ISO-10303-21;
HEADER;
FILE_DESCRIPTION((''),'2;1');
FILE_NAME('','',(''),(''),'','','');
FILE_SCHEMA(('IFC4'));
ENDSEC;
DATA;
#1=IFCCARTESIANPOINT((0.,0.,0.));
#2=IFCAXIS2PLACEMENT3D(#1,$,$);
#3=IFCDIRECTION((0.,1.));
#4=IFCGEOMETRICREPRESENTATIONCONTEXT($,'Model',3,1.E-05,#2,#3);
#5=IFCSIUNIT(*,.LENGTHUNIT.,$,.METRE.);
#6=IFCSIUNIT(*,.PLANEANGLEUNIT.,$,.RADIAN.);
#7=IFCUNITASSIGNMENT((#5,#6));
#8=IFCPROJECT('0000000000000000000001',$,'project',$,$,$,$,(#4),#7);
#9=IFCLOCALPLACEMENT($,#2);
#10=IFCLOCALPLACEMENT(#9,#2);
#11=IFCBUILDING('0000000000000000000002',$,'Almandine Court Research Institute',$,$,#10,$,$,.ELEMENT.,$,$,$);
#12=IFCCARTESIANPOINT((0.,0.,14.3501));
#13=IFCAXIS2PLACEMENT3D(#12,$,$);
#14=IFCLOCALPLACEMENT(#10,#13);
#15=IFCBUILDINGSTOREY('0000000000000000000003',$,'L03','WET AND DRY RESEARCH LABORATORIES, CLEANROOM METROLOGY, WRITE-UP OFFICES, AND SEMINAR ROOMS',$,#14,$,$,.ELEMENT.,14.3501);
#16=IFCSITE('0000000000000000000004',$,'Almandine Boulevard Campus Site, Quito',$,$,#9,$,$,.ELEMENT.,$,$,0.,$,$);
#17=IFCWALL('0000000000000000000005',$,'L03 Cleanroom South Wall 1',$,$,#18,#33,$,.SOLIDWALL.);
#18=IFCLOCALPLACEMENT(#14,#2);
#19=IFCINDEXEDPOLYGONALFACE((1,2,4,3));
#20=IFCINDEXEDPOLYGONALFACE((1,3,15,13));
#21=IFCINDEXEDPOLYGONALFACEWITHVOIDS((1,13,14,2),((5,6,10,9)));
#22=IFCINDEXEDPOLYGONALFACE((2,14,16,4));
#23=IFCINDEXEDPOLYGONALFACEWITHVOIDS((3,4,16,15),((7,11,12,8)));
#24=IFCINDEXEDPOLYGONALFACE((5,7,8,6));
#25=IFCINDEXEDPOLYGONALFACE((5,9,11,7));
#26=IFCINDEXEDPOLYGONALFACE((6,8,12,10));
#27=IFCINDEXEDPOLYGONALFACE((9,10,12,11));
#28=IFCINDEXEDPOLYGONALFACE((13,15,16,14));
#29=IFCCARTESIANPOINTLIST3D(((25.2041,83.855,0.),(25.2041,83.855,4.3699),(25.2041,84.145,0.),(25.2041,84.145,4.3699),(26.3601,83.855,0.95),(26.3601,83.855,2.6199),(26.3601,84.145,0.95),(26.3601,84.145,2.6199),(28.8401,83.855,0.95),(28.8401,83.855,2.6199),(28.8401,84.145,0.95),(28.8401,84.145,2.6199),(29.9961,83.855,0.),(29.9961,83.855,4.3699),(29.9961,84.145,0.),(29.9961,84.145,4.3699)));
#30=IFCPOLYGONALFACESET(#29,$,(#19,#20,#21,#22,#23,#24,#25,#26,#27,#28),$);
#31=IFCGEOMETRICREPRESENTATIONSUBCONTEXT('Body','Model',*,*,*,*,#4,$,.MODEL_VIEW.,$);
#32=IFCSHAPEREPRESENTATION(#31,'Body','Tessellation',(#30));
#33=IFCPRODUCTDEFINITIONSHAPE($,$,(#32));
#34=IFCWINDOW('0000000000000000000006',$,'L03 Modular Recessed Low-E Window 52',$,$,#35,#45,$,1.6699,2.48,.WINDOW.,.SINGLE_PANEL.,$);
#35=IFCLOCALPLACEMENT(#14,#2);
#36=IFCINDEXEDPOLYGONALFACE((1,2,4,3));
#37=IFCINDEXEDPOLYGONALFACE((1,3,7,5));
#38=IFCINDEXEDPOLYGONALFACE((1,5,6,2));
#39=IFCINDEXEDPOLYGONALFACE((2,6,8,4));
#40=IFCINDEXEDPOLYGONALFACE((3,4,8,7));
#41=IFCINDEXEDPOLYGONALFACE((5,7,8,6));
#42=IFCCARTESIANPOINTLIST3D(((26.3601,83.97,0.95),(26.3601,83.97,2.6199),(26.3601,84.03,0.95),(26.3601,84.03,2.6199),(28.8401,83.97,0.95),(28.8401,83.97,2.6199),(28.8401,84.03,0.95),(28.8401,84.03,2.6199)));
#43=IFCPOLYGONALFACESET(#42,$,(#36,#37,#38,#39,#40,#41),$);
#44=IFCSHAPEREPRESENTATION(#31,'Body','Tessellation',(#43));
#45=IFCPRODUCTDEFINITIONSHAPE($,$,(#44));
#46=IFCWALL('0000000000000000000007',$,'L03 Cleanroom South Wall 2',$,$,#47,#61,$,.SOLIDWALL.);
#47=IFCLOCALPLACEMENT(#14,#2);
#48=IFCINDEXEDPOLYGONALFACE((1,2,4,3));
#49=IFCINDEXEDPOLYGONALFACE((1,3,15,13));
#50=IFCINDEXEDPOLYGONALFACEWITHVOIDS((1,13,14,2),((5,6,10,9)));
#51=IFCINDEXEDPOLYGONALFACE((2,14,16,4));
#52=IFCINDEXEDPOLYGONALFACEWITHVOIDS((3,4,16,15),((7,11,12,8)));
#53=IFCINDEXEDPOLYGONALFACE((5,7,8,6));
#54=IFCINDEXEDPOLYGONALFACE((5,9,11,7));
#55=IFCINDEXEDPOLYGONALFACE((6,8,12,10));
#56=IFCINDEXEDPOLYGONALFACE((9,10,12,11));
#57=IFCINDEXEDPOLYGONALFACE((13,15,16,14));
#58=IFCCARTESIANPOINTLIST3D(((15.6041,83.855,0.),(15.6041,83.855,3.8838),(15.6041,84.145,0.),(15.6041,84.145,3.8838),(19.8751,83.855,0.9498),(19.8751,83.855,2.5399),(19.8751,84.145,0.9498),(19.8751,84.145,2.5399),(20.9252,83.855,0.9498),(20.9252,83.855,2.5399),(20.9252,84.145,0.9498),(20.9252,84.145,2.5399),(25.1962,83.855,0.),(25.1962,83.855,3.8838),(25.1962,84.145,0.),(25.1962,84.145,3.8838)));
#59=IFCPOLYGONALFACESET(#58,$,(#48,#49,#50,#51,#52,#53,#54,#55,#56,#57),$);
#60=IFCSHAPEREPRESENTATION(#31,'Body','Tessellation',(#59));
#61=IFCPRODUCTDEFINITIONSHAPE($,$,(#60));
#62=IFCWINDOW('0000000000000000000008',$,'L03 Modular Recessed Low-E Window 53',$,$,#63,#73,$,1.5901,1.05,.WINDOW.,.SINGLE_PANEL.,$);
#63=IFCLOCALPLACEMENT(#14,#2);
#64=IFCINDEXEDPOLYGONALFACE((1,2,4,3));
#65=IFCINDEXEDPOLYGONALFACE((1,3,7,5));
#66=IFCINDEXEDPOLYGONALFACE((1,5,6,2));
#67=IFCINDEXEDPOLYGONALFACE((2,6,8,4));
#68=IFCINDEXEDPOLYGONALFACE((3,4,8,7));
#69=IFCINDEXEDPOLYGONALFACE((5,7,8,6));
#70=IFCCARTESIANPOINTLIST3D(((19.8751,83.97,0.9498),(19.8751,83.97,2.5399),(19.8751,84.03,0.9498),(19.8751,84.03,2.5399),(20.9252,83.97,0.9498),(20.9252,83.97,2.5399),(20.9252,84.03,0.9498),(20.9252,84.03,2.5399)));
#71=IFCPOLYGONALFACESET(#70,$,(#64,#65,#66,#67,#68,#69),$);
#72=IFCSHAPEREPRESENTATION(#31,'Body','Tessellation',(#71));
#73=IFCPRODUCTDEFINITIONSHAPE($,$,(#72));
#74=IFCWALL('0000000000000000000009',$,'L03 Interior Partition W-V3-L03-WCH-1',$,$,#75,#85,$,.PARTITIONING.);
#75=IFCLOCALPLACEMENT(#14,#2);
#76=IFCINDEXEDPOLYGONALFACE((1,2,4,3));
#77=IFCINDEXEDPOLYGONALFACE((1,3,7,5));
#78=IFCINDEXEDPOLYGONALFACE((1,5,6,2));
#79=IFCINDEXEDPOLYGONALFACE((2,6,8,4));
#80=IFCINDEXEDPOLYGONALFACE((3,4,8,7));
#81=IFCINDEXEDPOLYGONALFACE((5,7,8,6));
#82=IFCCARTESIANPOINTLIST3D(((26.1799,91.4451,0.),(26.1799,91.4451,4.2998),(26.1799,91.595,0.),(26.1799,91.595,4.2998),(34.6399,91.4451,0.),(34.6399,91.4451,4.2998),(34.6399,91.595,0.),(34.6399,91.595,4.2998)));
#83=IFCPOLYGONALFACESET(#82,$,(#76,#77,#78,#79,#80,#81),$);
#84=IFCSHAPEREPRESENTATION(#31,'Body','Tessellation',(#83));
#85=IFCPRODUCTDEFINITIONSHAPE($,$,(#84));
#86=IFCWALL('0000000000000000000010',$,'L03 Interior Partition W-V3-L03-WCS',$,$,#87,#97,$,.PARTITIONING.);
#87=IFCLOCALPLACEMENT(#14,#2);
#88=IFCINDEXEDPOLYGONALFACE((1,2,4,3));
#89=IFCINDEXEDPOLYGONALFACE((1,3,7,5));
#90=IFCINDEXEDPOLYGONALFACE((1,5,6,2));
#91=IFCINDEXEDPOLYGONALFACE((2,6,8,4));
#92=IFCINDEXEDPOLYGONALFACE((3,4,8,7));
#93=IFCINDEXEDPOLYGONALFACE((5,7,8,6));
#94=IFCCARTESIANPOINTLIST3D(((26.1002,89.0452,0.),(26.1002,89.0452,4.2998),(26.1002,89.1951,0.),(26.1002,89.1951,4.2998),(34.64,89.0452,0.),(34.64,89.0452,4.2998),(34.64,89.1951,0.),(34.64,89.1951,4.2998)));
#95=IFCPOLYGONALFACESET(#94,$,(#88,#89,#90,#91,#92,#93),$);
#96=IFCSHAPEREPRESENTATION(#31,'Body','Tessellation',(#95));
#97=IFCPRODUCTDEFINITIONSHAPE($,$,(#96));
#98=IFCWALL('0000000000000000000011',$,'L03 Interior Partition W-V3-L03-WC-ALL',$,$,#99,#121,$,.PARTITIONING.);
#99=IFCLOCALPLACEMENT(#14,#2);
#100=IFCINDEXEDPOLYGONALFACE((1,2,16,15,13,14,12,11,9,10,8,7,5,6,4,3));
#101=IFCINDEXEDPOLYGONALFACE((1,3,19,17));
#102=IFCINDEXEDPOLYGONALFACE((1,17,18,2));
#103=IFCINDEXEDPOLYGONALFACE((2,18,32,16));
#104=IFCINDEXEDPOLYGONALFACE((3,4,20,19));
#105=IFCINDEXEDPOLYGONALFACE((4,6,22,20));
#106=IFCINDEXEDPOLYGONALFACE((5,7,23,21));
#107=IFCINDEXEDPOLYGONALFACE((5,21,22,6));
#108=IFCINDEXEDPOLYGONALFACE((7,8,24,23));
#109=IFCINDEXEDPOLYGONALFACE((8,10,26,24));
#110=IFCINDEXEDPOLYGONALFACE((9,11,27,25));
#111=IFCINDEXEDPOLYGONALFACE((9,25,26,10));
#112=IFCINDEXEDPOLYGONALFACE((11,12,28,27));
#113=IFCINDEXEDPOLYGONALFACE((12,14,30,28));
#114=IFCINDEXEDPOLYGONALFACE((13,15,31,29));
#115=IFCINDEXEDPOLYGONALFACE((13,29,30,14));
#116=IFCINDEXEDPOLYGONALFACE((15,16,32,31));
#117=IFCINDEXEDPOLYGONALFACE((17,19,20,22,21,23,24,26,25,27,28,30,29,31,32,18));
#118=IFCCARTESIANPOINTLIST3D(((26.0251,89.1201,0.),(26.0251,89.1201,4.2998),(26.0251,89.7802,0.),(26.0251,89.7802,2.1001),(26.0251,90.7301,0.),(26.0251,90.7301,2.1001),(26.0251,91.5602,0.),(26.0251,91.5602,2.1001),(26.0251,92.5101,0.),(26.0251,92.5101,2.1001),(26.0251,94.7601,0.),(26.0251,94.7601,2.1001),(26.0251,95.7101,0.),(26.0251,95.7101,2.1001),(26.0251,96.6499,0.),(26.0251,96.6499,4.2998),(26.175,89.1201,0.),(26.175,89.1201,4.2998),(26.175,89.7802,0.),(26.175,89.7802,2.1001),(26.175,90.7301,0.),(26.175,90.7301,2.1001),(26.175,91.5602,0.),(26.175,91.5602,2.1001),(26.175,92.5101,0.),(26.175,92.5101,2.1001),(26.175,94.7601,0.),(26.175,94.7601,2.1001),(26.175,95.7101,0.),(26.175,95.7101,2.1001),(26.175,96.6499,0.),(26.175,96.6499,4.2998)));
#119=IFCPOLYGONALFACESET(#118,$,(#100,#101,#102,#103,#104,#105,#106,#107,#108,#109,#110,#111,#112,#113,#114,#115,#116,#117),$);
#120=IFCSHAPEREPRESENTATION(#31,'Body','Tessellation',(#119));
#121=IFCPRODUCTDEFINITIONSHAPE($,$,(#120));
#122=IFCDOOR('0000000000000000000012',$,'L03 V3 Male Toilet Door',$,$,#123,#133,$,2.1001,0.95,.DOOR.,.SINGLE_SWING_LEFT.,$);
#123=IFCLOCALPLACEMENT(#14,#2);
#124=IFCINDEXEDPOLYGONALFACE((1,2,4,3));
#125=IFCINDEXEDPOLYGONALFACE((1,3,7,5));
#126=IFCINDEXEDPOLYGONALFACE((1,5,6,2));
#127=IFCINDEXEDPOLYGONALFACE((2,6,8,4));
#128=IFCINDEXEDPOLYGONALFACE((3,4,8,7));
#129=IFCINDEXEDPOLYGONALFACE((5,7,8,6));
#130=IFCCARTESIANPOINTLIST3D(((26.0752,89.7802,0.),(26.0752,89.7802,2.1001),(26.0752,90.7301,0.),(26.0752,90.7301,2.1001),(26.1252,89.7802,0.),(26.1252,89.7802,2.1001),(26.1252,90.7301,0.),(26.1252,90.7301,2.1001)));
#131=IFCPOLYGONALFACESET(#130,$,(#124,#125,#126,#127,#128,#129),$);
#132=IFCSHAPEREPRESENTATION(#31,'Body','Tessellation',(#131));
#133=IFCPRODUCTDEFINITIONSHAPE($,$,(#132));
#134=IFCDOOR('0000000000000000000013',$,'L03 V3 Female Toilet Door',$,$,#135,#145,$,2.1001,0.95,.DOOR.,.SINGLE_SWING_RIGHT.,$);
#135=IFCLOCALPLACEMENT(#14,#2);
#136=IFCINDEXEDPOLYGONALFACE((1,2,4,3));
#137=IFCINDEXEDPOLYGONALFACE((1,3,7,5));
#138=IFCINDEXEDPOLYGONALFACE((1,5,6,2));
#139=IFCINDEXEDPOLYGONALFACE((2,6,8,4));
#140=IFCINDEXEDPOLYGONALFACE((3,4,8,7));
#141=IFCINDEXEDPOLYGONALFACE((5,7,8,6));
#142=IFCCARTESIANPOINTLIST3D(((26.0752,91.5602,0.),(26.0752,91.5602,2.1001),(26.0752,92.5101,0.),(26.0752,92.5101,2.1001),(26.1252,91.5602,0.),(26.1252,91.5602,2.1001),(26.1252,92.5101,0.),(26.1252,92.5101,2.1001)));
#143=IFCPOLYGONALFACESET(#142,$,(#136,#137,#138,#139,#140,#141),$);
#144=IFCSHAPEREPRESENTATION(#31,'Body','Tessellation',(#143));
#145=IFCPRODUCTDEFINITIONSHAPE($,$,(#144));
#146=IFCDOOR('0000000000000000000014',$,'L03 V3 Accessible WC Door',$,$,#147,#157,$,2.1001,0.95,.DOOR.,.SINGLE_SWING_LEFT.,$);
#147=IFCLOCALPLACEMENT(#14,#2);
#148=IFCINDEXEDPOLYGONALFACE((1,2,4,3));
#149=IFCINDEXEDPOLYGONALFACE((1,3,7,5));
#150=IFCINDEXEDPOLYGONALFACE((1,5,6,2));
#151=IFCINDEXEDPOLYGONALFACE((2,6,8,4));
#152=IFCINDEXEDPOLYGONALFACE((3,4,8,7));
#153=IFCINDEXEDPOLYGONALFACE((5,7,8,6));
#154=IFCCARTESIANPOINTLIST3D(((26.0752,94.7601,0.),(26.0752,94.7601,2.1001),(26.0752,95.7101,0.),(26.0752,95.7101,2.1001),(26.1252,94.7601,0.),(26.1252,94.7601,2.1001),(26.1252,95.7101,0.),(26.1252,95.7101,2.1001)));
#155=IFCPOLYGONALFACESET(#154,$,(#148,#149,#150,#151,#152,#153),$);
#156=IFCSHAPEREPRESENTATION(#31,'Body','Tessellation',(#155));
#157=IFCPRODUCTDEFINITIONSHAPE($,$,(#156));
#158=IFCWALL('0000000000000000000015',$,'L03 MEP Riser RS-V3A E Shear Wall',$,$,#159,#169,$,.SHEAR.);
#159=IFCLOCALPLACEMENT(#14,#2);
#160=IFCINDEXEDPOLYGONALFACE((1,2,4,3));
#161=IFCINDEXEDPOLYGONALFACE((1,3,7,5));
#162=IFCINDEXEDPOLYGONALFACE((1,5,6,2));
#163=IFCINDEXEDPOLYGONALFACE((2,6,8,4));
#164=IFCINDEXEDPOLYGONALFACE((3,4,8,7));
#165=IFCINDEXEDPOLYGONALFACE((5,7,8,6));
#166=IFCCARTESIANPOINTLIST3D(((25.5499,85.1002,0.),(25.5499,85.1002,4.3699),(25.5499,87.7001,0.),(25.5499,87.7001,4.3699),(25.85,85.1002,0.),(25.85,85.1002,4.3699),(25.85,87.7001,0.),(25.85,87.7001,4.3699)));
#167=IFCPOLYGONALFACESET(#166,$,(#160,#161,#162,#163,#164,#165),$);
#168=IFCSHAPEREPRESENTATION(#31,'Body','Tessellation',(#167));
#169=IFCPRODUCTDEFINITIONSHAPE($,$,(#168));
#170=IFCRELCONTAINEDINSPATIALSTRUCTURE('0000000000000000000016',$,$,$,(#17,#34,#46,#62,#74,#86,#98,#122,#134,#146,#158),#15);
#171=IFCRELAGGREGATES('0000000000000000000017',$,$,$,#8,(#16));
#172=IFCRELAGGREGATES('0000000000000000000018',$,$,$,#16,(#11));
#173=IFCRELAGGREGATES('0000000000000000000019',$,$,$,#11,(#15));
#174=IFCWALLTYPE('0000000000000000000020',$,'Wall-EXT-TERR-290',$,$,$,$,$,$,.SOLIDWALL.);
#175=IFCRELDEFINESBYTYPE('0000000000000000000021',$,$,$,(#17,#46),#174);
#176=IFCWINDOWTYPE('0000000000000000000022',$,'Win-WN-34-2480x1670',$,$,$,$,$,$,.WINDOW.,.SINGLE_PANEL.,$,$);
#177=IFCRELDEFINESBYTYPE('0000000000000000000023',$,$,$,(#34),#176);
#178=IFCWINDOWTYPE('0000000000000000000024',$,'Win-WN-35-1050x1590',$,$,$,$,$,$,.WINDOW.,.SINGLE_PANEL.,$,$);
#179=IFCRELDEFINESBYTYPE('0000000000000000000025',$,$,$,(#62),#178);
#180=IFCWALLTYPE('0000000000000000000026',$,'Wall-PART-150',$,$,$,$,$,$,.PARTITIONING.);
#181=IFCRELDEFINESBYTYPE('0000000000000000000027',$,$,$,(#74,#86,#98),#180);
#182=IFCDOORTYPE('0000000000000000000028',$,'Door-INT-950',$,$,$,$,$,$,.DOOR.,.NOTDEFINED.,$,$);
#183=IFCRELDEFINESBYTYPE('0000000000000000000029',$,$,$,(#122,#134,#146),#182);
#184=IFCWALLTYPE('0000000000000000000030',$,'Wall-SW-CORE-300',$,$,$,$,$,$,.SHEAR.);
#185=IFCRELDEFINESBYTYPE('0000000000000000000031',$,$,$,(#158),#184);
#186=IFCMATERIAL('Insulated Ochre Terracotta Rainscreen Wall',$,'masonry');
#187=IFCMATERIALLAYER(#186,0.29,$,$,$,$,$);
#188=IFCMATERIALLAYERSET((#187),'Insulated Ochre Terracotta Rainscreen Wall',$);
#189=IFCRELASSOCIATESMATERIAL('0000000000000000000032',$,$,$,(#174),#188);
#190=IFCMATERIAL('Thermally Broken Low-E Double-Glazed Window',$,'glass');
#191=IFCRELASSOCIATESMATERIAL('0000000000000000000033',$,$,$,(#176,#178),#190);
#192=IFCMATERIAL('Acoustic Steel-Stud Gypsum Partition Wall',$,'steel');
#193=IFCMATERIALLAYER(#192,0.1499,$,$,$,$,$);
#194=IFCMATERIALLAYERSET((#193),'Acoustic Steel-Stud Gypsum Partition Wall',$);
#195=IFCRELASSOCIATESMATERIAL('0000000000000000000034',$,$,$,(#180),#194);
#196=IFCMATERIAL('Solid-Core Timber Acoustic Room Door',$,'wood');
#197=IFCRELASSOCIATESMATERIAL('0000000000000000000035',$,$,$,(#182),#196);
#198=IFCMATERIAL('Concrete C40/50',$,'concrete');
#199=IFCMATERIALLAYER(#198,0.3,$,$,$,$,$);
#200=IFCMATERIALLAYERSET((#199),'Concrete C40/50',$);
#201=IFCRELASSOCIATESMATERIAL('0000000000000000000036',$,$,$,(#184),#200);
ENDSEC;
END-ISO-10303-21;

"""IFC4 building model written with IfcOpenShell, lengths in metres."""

from ifc_helpers import new_model, si_unit, direction, frame, frame_2d, origin, place, context, subcontext, project, spatial, rectangle, extrude, material, layer, layer_set, type_object, element, fill, save


model = new_model("IFC4")

# Units and contexts
model_context = context("Model", 3, precision=1e-05, world=origin(), true_north=direction((0.0, 1.0)))
body_context = subcontext(model_context, "Body", "Model", "MODEL_VIEW")
ifc_project = project(units=[si_unit("LENGTHUNIT", "METRE"), si_unit("PLANEANGLEUNIT", "RADIAN")], contexts=[model_context])

# Site, building, storey
site_placement = place(None, origin())
site = spatial("IfcSite", under=ifc_project, at=site_placement, Name="Almandine Boulevard Campus Site, Quito", CompositionType="ELEMENT", RefElevation=0.0)
building_placement = place(site_placement, origin())
building = spatial("IfcBuilding", under=site, at=building_placement, Name="Almandine Court Research Institute", CompositionType="ELEMENT")
storey_placement = place(building_placement, frame((0.0, 0.0, 14.3501)))
storey = spatial("IfcBuildingStorey", under=building, at=storey_placement, Name="L03", Description="WET AND DRY RESEARCH LABORATORIES, CLEANROOM METROLOGY, WRITE-UP OFFICES, AND SEMINAR ROOMS", CompositionType="ELEMENT", Elevation=14.3501)

# Shared definitions
ifc_material_1 = material(Name="Insulated Ochre Terracotta Rainscreen Wall", Category="masonry")
ifc_layer_1 = layer(ifc_material_1, 0.29)
ifc_layer_set_1 = layer_set([ifc_layer_1], Name="Insulated Ochre Terracotta Rainscreen Wall")
wall_type_1 = type_object("IfcWallType", Name="Wall-EXT-TERR-290", PredefinedType="SOLIDWALL", material=ifc_layer_set_1)

# Walls, openings, windows
wall_1_placement = place(storey_placement, frame((29.9961, 84.0, 0.0), z_axis=(0.0, 0.0, 1.0), x_axis=(-1.0, 0.0, 0.0)))
wall_1 = element("IfcWall", 1, at=wall_1_placement, inside=storey, type_object=wall_type_1, Name="L03 Cleanroom South Wall 1", PredefinedType="SOLIDWALL", context=body_context, shape_type="SweptSolid", body=[
    extrude(rectangle(XDim=4.792, YDim=0.29, at=frame_2d((2.396, 0.0))), origin(), (0.0, 0.0, 1.0), 4.3699),
])
opening_1_placement = place(wall_1_placement, frame((1.156, 0.0, 0.95)))
opening_1 = element("IfcOpeningElement", 2, at=opening_1_placement, cuts=wall_1, PredefinedType="OPENING", context=body_context, shape_type="SweptSolid", body=[
    extrude(rectangle(XDim=2.48, YDim=1.6699, at=frame_2d((1.24, 0.835))), frame((0.0, 0.155, 0.0), z_axis=(0.0, -1.0, 0.0), x_axis=(1.0, 0.0, 0.0)), (0.0, 0.0, 1.0), 0.3101),
])
ifc_material_2 = material(Name="Thermally Broken Low-E Double-Glazed Window", Category="glass")
window_type_1 = type_object("IfcWindowType", Name="Win-WN-34-2480x1670", PartitioningType="SINGLE_PANEL", PredefinedType="WINDOW", material=ifc_material_2)
window_1_placement = place(opening_1_placement, origin())
window_1 = element("IfcWindow", 3, at=window_1_placement, inside=storey, type_object=window_type_1, Name="L03 Modular Recessed Low-E Window 52", OverallHeight=1.6699, OverallWidth=2.48, PartitioningType="SINGLE_PANEL", PredefinedType="WINDOW", context=body_context, shape_type="SweptSolid", body=[
    extrude(rectangle(XDim=2.48, YDim=1.6699, at=frame_2d((1.24, 0.835))), frame((0.0, 0.03, 0.0), z_axis=(0.0, -1.0, 0.0), x_axis=(1.0, 0.0, 0.0)), (0.0, 0.0, 1.0), 0.0601),
])
fill(opening_1, window_1)
wall_2_placement = place(storey_placement, frame((25.196, 84.0, 0.0), z_axis=(0.0, 0.0, 1.0), x_axis=(-1.0, 0.0, 0.0)))
wall_2 = element("IfcWall", 4, at=wall_2_placement, inside=storey, type_object=wall_type_1, Name="L03 Cleanroom South Wall 2", PredefinedType="SOLIDWALL", context=body_context, shape_type="SweptSolid", body=[
    extrude(rectangle(XDim=9.592, YDim=0.29, at=frame_2d((4.7959, 0.0))), origin(), (0.0, 0.0, 1.0), 3.8838),
])
opening_2_placement = place(wall_2_placement, frame((4.271, 0.0, 0.95)))
opening_2 = element("IfcOpeningElement", 5, at=opening_2_placement, cuts=wall_2, PredefinedType="OPENING", context=body_context, shape_type="SweptSolid", body=[
    extrude(rectangle(XDim=1.05, YDim=1.5901, at=frame_2d((0.5249, 0.7949))), frame((0.0, 0.155, 0.0), z_axis=(0.0, -1.0, 0.0), x_axis=(1.0, 0.0, 0.0)), (0.0, 0.0, 1.0), 0.3101),
])
window_type_2 = type_object("IfcWindowType", Name="Win-WN-35-1050x1590", PartitioningType="SINGLE_PANEL", PredefinedType="WINDOW", material=ifc_material_2)
window_2_placement = place(opening_2_placement, origin())
window_2 = element("IfcWindow", 6, at=window_2_placement, inside=storey, type_object=window_type_2, Name="L03 Modular Recessed Low-E Window 53", OverallHeight=1.5901, OverallWidth=1.05, PartitioningType="SINGLE_PANEL", PredefinedType="WINDOW", context=body_context, shape_type="SweptSolid", body=[
    extrude(rectangle(XDim=1.05, YDim=1.5901, at=frame_2d((0.5249, 0.7949))), frame((0.0, 0.03, 0.0), z_axis=(0.0, -1.0, 0.0), x_axis=(1.0, 0.0, 0.0)), (0.0, 0.0, 1.0), 0.0601),
])
fill(opening_2, window_2)

# Walls
ifc_material_3 = material(Name="Acoustic Steel-Stud Gypsum Partition Wall", Category="steel")
ifc_layer_2 = layer(ifc_material_3, 0.1499)
ifc_layer_set_2 = layer_set([ifc_layer_2], Name="Acoustic Steel-Stud Gypsum Partition Wall")
wall_type_2 = type_object("IfcWallType", Name="Wall-PART-150", PredefinedType="PARTITIONING", material=ifc_layer_set_2)
wall_3_placement = place(storey_placement, frame((26.1799, 91.52, 0.0), z_axis=(0.0, 0.0, 1.0), x_axis=(1.0, 0.0, 0.0)))
element("IfcWall", 7, at=wall_3_placement, inside=storey, type_object=wall_type_2, Name="L03 Interior Partition W-V3-L03-WCH-1", PredefinedType="PARTITIONING", context=body_context, shape_type="SweptSolid", body=[
    extrude(rectangle(XDim=8.46, YDim=0.1499, at=frame_2d((4.23, 0.0))), origin(), (0.0, 0.0, 1.0), 4.2998),
])
wall_4_placement = place(storey_placement, frame((26.1001, 89.1201, 0.0), z_axis=(0.0, 0.0, 1.0), x_axis=(1.0, 0.0, 0.0)))
element("IfcWall", 8, at=wall_4_placement, inside=storey, type_object=wall_type_2, Name="L03 Interior Partition W-V3-L03-WCS", PredefinedType="PARTITIONING", context=body_context, shape_type="SweptSolid", body=[
    extrude(rectangle(XDim=8.5398, YDim=0.1499, at=frame_2d((4.27, 0.0))), origin(), (0.0, 0.0, 1.0), 4.2998),
])

# Wall, openings, doors
wall_5_placement = place(storey_placement, frame((26.1001, 89.1201, 0.0), z_axis=(0.0, 0.0, 1.0), x_axis=(0.0, 1.0, 0.0)))
wall_5 = element("IfcWall", 9, at=wall_5_placement, inside=storey, type_object=wall_type_2, Name="L03 Interior Partition W-V3-L03-WC-ALL", PredefinedType="PARTITIONING", context=body_context, shape_type="SweptSolid", body=[
    extrude(rectangle(XDim=7.5298, YDim=0.1499, at=frame_2d((3.7649, 0.0))), origin(), (0.0, 0.0, 1.0), 4.2998),
])
opening_3_placement = place(wall_5_placement, frame((0.6599, 0.0, 0.0)))
opening_3 = element("IfcOpeningElement", 10, at=opening_3_placement, cuts=wall_5, PredefinedType="OPENING", context=body_context, shape_type="SweptSolid", body=[
    extrude(rectangle(XDim=0.95, YDim=2.1001, at=frame_2d((0.4751, 1.05))), frame((0.0, 0.085, 0.0), z_axis=(0.0, -1.0, 0.0), x_axis=(1.0, 0.0, 0.0)), (0.0, 0.0, 1.0), 0.1699),
])
opening_4_placement = place(wall_5_placement, frame((2.4399, 0.0, 0.0)))
opening_4 = element("IfcOpeningElement", 11, at=opening_4_placement, cuts=wall_5, PredefinedType="OPENING", context=body_context, shape_type="SweptSolid", body=[
    extrude(rectangle(XDim=0.95, YDim=2.1001, at=frame_2d((0.4751, 1.05))), frame((0.0, 0.085, 0.0), z_axis=(0.0, -1.0, 0.0), x_axis=(1.0, 0.0, 0.0)), (0.0, 0.0, 1.0), 0.1699),
])
opening_5_placement = place(wall_5_placement, frame((5.6399, 0.0, 0.0)))
opening_5 = element("IfcOpeningElement", 12, at=opening_5_placement, cuts=wall_5, PredefinedType="OPENING", context=body_context, shape_type="SweptSolid", body=[
    extrude(rectangle(XDim=0.95, YDim=2.1001, at=frame_2d((0.4751, 1.05))), frame((0.0, 0.085, 0.0), z_axis=(0.0, -1.0, 0.0), x_axis=(1.0, 0.0, 0.0)), (0.0, 0.0, 1.0), 0.1699),
])
ifc_material_4 = material(Name="Solid-Core Timber Acoustic Room Door", Category="wood")
door_type = type_object("IfcDoorType", Name="Door-INT-950", OperationType="NOTDEFINED", PredefinedType="DOOR", material=ifc_material_4)
door_1_placement = place(opening_3_placement, origin())
door_1 = element("IfcDoor", 13, at=door_1_placement, inside=storey, type_object=door_type, Name="L03 V3 Male Toilet Door", OperationType="SINGLE_SWING_LEFT", OverallHeight=2.1001, OverallWidth=0.95, PredefinedType="DOOR", context=body_context, shape_type="SweptSolid", body=[
    extrude(rectangle(XDim=0.95, YDim=2.1001, at=frame_2d((0.4751, 1.05))), frame((0.0, 0.0249, 0.0), z_axis=(0.0, -1.0, 0.0), x_axis=(1.0, 0.0, 0.0)), (0.0, 0.0, 1.0), 0.05),
])
fill(opening_3, door_1)
door_2_placement = place(opening_4_placement, origin())
door_2 = element("IfcDoor", 14, at=door_2_placement, inside=storey, type_object=door_type, Name="L03 V3 Female Toilet Door", OperationType="SINGLE_SWING_RIGHT", OverallHeight=2.1001, OverallWidth=0.95, PredefinedType="DOOR", context=body_context, shape_type="SweptSolid", body=[
    extrude(rectangle(XDim=0.95, YDim=2.1001, at=frame_2d((0.4751, 1.05))), frame((0.0, 0.0249, 0.0), z_axis=(0.0, -1.0, 0.0), x_axis=(1.0, 0.0, 0.0)), (0.0, 0.0, 1.0), 0.05),
])
fill(opening_4, door_2)
door_3_placement = place(opening_5_placement, origin())
door_3 = element("IfcDoor", 15, at=door_3_placement, inside=storey, type_object=door_type, Name="L03 V3 Accessible WC Door", OperationType="SINGLE_SWING_LEFT", OverallHeight=2.1001, OverallWidth=0.95, PredefinedType="DOOR", context=body_context, shape_type="SweptSolid", body=[
    extrude(rectangle(XDim=0.95, YDim=2.1001, at=frame_2d((0.4751, 1.05))), frame((0.0, 0.0249, 0.0), z_axis=(0.0, -1.0, 0.0), x_axis=(1.0, 0.0, 0.0)), (0.0, 0.0, 1.0), 0.05),
])
fill(opening_5, door_3)

# Wall
ifc_material_5 = material(Name="Concrete C40/50", Category="concrete")
ifc_layer_3 = layer(ifc_material_5, 0.3)
ifc_layer_set_3 = layer_set([ifc_layer_3], Name="Concrete C40/50")
wall_type_3 = type_object("IfcWallType", Name="Wall-SW-CORE-300", PredefinedType="SHEAR", material=ifc_layer_set_3)
wall_6_placement = place(storey_placement, frame((25.7, 87.7, 0.0), z_axis=(0.0, 0.0, 1.0), x_axis=(0.0, -1.0, 0.0)))
element("IfcWall", 16, at=wall_6_placement, inside=storey, type_object=wall_type_3, Name="L03 MEP Riser RS-V3A E Shear Wall", PredefinedType="SHEAR", context=body_context, shape_type="SweptSolid", body=[
    extrude(rectangle(XDim=2.5999, YDim=0.3, at=frame_2d((1.2998, 0.0))), origin(), (0.0, 0.0, 1.0), 4.3699),
])

save(model, "model.ifc")
